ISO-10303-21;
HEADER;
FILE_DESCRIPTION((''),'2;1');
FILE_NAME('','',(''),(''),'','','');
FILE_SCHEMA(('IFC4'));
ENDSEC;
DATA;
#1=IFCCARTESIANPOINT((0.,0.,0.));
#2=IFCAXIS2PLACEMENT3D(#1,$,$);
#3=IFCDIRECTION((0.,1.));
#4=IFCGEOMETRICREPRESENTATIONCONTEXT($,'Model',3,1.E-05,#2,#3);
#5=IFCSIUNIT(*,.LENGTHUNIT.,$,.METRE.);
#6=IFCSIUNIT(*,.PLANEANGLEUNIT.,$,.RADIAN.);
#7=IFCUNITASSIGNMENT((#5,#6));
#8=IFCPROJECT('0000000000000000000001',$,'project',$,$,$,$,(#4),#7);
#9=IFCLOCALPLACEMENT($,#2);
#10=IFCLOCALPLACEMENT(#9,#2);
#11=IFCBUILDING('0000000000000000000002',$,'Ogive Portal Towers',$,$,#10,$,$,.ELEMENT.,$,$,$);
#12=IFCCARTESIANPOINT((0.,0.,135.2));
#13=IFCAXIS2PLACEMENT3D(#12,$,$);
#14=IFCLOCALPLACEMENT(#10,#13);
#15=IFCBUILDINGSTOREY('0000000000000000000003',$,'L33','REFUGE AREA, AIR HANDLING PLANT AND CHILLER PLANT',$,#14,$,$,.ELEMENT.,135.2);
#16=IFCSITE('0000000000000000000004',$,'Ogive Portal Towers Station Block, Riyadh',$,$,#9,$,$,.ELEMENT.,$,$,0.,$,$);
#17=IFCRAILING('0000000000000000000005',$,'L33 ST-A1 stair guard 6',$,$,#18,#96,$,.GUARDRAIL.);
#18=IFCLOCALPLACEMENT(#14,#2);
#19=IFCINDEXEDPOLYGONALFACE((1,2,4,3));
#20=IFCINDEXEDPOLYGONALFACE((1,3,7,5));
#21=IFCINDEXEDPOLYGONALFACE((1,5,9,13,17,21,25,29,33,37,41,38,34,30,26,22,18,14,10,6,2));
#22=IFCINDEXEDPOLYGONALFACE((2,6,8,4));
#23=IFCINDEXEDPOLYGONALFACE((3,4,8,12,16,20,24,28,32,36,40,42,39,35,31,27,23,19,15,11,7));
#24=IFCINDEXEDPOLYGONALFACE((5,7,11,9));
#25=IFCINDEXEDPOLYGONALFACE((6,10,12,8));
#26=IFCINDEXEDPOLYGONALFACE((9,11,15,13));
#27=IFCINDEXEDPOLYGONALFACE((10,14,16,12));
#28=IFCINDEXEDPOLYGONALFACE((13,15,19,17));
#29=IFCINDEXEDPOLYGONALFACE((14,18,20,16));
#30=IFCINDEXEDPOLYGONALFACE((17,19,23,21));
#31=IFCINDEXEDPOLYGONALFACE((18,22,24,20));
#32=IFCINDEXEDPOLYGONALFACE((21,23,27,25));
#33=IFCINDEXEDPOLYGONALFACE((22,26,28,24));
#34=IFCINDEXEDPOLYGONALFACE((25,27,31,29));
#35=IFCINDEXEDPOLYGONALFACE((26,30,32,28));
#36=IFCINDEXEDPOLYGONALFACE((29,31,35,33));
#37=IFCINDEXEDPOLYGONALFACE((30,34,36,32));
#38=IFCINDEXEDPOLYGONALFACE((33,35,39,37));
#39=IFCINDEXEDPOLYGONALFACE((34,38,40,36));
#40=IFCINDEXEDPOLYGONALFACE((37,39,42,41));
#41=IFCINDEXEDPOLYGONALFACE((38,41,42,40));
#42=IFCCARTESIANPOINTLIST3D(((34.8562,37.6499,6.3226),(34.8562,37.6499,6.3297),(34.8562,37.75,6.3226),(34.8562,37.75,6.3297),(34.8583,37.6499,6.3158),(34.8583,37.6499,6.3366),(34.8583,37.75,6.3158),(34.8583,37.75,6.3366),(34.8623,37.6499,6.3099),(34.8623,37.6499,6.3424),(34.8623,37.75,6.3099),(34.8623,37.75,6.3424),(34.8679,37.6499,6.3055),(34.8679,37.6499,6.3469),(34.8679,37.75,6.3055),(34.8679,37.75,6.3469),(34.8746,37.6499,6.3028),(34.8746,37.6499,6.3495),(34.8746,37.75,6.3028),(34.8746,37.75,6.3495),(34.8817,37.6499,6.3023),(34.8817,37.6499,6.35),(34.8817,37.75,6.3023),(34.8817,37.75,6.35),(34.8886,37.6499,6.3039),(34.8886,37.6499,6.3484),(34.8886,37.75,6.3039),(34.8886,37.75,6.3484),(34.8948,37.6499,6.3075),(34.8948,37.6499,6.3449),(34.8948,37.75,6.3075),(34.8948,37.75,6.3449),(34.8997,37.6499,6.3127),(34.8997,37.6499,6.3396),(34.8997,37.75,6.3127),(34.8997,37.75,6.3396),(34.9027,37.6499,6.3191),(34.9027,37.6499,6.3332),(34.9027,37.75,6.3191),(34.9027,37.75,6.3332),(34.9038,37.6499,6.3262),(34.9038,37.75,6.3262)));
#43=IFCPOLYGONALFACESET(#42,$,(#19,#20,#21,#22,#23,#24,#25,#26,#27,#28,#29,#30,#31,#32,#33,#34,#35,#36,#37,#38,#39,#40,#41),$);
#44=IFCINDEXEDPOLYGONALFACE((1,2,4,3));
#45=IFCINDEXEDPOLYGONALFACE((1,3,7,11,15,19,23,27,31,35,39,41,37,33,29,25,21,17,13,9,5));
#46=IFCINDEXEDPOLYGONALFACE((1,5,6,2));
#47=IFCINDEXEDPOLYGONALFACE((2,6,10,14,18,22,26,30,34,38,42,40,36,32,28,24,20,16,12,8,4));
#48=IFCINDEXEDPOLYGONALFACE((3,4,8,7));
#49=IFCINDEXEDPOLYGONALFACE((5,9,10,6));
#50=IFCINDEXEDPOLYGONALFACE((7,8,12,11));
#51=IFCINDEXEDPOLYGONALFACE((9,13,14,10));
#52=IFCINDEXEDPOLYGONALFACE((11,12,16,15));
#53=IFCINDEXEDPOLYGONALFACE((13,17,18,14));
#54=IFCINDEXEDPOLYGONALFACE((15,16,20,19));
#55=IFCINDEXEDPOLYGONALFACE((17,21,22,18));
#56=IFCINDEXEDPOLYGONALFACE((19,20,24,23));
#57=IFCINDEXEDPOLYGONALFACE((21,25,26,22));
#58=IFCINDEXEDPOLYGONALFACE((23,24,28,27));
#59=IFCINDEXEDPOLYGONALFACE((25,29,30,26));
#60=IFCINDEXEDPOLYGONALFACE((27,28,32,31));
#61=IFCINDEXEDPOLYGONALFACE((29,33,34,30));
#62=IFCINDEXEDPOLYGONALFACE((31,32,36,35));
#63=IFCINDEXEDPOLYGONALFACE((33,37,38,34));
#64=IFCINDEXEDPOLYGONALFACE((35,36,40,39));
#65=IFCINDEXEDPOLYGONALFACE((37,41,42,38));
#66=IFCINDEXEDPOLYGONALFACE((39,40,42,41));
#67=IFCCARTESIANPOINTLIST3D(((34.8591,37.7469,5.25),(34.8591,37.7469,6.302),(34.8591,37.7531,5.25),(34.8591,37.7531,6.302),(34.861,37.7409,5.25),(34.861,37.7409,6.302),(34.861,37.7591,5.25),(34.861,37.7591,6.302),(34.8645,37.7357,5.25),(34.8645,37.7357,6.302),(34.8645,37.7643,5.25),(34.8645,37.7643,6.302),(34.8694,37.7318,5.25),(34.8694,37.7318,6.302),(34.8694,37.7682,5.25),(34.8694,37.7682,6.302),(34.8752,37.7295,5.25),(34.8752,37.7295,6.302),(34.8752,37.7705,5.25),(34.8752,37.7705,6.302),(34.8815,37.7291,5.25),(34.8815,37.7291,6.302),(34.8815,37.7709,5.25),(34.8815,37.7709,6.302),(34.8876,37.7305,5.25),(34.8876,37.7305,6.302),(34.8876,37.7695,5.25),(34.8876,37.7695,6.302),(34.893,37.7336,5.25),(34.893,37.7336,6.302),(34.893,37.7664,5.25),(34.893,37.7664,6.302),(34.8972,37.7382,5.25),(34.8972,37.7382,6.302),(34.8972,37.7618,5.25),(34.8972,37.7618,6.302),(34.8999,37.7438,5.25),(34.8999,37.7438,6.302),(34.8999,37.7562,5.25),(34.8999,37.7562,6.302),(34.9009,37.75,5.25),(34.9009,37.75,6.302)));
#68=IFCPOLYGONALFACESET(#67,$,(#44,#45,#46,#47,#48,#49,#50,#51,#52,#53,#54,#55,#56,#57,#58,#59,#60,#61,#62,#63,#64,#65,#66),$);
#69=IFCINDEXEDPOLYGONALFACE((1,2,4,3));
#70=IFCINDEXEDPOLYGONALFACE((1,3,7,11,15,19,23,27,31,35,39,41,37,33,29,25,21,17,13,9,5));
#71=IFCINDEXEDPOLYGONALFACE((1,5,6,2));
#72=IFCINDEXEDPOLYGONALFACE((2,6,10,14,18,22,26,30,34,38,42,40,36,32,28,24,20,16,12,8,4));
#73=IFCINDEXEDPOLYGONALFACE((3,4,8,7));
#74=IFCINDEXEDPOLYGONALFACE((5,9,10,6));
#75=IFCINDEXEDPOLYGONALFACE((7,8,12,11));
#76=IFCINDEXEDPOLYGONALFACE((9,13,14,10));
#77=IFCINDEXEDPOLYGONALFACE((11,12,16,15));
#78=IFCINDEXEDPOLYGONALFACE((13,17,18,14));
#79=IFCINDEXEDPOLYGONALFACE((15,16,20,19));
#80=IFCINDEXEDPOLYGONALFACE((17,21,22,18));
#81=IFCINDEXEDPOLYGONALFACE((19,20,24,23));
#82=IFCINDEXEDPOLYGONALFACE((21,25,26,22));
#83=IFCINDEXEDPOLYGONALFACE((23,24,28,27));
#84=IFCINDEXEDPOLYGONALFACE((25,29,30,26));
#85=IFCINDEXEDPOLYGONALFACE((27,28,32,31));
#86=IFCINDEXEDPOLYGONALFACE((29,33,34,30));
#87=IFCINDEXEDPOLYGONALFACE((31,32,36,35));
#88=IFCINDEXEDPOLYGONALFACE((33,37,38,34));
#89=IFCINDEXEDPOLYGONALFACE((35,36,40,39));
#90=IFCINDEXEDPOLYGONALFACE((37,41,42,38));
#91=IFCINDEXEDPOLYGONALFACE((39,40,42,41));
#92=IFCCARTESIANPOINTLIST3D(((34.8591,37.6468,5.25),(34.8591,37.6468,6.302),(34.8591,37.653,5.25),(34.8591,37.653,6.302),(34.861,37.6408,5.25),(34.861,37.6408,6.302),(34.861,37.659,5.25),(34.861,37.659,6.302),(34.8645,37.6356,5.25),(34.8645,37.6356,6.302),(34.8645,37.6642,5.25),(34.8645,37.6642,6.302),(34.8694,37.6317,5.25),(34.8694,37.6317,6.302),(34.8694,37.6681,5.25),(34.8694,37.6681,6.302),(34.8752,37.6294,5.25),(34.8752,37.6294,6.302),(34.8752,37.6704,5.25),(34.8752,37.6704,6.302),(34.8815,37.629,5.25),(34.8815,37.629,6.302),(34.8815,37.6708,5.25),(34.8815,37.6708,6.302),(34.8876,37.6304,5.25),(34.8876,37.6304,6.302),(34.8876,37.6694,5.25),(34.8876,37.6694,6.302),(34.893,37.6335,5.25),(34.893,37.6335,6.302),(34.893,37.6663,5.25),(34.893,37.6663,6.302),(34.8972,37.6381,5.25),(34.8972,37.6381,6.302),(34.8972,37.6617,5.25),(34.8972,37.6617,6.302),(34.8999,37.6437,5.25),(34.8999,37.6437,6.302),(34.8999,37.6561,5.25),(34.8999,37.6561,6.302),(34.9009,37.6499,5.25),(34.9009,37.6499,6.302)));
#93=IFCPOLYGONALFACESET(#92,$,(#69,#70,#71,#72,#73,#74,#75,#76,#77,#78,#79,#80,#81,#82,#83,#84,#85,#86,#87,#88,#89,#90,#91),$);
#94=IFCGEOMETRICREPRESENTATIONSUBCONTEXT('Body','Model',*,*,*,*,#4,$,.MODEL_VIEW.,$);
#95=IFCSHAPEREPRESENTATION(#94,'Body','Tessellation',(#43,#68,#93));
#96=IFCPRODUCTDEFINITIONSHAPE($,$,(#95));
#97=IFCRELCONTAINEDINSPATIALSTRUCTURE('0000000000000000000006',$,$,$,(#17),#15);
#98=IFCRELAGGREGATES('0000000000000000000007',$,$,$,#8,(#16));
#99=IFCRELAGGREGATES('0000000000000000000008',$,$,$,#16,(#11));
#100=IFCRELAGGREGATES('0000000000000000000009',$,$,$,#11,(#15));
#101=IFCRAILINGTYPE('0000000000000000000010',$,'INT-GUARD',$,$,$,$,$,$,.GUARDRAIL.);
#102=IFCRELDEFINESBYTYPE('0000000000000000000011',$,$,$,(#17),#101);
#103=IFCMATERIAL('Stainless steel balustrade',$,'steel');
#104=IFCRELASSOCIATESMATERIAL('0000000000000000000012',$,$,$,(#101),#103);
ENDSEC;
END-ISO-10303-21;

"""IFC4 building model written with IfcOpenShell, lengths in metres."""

from ifc_helpers import new_model, si_unit, direction, frame, origin, origin_2d, place, context, subcontext, project, spatial, circle, extrude, material, type_object, element, save


model = new_model("IFC4")

# Units and contexts
model_context = context("Model", 3, precision=1e-05, world=origin(), true_north=direction((0.0, 1.0)))
body_context = subcontext(model_context, "Body", "Model", "MODEL_VIEW")
ifc_project = project(units=[si_unit("LENGTHUNIT", "METRE"), si_unit("PLANEANGLEUNIT", "RADIAN")], contexts=[model_context])

# Site, building, storey
site_placement = place(None, origin())
site = spatial("IfcSite", under=ifc_project, at=site_placement, Name="Ogive Portal Towers Station Block, Riyadh", CompositionType="ELEMENT", RefElevation=0.0)
building_placement = place(site_placement, origin())
building = spatial("IfcBuilding", under=site, at=building_placement, Name="Ogive Portal Towers", CompositionType="ELEMENT")
storey_placement = place(building_placement, frame((0.0, 0.0, 135.2)))
storey = spatial("IfcBuildingStorey", under=building, at=storey_placement, Name="L33", Description="REFUGE AREA, AIR HANDLING PLANT AND CHILLER PLANT", CompositionType="ELEMENT", Elevation=135.2)

# Railing
ifc_material_1 = material(Name="Stainless steel balustrade", Category="steel")
railing_type_1 = type_object("IfcRailingType", Name="INT-GUARD", PredefinedType="GUARDRAIL", material=ifc_material_1)
for number, where, name in (
    (1, (34.8799, 37.75, 5.25), "L33 ST-A1 stair guard 6"),
):
    element("IfcRailing", number, at=place(storey_placement, frame(where)), inside=storey, type_object=railing_type_1, Name=name, PredefinedType="GUARDRAIL", context=body_context, shape_type="SweptSolid", body=[
        extrude(circle(Radius=0.0239, at=origin_2d()), frame((0.0, 0.0, 1.0762), z_axis=(0.0, -1.0, 0.0), x_axis=(1.0, 0.0, 0.0)), (0.0, 0.0, 1.0), 0.1001),
        extrude(circle(Radius=0.021, at=origin_2d()), origin(), (0.0, 0.0, 1.0), 1.052),
        extrude(circle(Radius=0.021, at=origin_2d()), frame((0.0, -0.1001, 0.0)), (0.0, 0.0, 1.0), 1.052),
    ])

save(model, "model.ifc")
